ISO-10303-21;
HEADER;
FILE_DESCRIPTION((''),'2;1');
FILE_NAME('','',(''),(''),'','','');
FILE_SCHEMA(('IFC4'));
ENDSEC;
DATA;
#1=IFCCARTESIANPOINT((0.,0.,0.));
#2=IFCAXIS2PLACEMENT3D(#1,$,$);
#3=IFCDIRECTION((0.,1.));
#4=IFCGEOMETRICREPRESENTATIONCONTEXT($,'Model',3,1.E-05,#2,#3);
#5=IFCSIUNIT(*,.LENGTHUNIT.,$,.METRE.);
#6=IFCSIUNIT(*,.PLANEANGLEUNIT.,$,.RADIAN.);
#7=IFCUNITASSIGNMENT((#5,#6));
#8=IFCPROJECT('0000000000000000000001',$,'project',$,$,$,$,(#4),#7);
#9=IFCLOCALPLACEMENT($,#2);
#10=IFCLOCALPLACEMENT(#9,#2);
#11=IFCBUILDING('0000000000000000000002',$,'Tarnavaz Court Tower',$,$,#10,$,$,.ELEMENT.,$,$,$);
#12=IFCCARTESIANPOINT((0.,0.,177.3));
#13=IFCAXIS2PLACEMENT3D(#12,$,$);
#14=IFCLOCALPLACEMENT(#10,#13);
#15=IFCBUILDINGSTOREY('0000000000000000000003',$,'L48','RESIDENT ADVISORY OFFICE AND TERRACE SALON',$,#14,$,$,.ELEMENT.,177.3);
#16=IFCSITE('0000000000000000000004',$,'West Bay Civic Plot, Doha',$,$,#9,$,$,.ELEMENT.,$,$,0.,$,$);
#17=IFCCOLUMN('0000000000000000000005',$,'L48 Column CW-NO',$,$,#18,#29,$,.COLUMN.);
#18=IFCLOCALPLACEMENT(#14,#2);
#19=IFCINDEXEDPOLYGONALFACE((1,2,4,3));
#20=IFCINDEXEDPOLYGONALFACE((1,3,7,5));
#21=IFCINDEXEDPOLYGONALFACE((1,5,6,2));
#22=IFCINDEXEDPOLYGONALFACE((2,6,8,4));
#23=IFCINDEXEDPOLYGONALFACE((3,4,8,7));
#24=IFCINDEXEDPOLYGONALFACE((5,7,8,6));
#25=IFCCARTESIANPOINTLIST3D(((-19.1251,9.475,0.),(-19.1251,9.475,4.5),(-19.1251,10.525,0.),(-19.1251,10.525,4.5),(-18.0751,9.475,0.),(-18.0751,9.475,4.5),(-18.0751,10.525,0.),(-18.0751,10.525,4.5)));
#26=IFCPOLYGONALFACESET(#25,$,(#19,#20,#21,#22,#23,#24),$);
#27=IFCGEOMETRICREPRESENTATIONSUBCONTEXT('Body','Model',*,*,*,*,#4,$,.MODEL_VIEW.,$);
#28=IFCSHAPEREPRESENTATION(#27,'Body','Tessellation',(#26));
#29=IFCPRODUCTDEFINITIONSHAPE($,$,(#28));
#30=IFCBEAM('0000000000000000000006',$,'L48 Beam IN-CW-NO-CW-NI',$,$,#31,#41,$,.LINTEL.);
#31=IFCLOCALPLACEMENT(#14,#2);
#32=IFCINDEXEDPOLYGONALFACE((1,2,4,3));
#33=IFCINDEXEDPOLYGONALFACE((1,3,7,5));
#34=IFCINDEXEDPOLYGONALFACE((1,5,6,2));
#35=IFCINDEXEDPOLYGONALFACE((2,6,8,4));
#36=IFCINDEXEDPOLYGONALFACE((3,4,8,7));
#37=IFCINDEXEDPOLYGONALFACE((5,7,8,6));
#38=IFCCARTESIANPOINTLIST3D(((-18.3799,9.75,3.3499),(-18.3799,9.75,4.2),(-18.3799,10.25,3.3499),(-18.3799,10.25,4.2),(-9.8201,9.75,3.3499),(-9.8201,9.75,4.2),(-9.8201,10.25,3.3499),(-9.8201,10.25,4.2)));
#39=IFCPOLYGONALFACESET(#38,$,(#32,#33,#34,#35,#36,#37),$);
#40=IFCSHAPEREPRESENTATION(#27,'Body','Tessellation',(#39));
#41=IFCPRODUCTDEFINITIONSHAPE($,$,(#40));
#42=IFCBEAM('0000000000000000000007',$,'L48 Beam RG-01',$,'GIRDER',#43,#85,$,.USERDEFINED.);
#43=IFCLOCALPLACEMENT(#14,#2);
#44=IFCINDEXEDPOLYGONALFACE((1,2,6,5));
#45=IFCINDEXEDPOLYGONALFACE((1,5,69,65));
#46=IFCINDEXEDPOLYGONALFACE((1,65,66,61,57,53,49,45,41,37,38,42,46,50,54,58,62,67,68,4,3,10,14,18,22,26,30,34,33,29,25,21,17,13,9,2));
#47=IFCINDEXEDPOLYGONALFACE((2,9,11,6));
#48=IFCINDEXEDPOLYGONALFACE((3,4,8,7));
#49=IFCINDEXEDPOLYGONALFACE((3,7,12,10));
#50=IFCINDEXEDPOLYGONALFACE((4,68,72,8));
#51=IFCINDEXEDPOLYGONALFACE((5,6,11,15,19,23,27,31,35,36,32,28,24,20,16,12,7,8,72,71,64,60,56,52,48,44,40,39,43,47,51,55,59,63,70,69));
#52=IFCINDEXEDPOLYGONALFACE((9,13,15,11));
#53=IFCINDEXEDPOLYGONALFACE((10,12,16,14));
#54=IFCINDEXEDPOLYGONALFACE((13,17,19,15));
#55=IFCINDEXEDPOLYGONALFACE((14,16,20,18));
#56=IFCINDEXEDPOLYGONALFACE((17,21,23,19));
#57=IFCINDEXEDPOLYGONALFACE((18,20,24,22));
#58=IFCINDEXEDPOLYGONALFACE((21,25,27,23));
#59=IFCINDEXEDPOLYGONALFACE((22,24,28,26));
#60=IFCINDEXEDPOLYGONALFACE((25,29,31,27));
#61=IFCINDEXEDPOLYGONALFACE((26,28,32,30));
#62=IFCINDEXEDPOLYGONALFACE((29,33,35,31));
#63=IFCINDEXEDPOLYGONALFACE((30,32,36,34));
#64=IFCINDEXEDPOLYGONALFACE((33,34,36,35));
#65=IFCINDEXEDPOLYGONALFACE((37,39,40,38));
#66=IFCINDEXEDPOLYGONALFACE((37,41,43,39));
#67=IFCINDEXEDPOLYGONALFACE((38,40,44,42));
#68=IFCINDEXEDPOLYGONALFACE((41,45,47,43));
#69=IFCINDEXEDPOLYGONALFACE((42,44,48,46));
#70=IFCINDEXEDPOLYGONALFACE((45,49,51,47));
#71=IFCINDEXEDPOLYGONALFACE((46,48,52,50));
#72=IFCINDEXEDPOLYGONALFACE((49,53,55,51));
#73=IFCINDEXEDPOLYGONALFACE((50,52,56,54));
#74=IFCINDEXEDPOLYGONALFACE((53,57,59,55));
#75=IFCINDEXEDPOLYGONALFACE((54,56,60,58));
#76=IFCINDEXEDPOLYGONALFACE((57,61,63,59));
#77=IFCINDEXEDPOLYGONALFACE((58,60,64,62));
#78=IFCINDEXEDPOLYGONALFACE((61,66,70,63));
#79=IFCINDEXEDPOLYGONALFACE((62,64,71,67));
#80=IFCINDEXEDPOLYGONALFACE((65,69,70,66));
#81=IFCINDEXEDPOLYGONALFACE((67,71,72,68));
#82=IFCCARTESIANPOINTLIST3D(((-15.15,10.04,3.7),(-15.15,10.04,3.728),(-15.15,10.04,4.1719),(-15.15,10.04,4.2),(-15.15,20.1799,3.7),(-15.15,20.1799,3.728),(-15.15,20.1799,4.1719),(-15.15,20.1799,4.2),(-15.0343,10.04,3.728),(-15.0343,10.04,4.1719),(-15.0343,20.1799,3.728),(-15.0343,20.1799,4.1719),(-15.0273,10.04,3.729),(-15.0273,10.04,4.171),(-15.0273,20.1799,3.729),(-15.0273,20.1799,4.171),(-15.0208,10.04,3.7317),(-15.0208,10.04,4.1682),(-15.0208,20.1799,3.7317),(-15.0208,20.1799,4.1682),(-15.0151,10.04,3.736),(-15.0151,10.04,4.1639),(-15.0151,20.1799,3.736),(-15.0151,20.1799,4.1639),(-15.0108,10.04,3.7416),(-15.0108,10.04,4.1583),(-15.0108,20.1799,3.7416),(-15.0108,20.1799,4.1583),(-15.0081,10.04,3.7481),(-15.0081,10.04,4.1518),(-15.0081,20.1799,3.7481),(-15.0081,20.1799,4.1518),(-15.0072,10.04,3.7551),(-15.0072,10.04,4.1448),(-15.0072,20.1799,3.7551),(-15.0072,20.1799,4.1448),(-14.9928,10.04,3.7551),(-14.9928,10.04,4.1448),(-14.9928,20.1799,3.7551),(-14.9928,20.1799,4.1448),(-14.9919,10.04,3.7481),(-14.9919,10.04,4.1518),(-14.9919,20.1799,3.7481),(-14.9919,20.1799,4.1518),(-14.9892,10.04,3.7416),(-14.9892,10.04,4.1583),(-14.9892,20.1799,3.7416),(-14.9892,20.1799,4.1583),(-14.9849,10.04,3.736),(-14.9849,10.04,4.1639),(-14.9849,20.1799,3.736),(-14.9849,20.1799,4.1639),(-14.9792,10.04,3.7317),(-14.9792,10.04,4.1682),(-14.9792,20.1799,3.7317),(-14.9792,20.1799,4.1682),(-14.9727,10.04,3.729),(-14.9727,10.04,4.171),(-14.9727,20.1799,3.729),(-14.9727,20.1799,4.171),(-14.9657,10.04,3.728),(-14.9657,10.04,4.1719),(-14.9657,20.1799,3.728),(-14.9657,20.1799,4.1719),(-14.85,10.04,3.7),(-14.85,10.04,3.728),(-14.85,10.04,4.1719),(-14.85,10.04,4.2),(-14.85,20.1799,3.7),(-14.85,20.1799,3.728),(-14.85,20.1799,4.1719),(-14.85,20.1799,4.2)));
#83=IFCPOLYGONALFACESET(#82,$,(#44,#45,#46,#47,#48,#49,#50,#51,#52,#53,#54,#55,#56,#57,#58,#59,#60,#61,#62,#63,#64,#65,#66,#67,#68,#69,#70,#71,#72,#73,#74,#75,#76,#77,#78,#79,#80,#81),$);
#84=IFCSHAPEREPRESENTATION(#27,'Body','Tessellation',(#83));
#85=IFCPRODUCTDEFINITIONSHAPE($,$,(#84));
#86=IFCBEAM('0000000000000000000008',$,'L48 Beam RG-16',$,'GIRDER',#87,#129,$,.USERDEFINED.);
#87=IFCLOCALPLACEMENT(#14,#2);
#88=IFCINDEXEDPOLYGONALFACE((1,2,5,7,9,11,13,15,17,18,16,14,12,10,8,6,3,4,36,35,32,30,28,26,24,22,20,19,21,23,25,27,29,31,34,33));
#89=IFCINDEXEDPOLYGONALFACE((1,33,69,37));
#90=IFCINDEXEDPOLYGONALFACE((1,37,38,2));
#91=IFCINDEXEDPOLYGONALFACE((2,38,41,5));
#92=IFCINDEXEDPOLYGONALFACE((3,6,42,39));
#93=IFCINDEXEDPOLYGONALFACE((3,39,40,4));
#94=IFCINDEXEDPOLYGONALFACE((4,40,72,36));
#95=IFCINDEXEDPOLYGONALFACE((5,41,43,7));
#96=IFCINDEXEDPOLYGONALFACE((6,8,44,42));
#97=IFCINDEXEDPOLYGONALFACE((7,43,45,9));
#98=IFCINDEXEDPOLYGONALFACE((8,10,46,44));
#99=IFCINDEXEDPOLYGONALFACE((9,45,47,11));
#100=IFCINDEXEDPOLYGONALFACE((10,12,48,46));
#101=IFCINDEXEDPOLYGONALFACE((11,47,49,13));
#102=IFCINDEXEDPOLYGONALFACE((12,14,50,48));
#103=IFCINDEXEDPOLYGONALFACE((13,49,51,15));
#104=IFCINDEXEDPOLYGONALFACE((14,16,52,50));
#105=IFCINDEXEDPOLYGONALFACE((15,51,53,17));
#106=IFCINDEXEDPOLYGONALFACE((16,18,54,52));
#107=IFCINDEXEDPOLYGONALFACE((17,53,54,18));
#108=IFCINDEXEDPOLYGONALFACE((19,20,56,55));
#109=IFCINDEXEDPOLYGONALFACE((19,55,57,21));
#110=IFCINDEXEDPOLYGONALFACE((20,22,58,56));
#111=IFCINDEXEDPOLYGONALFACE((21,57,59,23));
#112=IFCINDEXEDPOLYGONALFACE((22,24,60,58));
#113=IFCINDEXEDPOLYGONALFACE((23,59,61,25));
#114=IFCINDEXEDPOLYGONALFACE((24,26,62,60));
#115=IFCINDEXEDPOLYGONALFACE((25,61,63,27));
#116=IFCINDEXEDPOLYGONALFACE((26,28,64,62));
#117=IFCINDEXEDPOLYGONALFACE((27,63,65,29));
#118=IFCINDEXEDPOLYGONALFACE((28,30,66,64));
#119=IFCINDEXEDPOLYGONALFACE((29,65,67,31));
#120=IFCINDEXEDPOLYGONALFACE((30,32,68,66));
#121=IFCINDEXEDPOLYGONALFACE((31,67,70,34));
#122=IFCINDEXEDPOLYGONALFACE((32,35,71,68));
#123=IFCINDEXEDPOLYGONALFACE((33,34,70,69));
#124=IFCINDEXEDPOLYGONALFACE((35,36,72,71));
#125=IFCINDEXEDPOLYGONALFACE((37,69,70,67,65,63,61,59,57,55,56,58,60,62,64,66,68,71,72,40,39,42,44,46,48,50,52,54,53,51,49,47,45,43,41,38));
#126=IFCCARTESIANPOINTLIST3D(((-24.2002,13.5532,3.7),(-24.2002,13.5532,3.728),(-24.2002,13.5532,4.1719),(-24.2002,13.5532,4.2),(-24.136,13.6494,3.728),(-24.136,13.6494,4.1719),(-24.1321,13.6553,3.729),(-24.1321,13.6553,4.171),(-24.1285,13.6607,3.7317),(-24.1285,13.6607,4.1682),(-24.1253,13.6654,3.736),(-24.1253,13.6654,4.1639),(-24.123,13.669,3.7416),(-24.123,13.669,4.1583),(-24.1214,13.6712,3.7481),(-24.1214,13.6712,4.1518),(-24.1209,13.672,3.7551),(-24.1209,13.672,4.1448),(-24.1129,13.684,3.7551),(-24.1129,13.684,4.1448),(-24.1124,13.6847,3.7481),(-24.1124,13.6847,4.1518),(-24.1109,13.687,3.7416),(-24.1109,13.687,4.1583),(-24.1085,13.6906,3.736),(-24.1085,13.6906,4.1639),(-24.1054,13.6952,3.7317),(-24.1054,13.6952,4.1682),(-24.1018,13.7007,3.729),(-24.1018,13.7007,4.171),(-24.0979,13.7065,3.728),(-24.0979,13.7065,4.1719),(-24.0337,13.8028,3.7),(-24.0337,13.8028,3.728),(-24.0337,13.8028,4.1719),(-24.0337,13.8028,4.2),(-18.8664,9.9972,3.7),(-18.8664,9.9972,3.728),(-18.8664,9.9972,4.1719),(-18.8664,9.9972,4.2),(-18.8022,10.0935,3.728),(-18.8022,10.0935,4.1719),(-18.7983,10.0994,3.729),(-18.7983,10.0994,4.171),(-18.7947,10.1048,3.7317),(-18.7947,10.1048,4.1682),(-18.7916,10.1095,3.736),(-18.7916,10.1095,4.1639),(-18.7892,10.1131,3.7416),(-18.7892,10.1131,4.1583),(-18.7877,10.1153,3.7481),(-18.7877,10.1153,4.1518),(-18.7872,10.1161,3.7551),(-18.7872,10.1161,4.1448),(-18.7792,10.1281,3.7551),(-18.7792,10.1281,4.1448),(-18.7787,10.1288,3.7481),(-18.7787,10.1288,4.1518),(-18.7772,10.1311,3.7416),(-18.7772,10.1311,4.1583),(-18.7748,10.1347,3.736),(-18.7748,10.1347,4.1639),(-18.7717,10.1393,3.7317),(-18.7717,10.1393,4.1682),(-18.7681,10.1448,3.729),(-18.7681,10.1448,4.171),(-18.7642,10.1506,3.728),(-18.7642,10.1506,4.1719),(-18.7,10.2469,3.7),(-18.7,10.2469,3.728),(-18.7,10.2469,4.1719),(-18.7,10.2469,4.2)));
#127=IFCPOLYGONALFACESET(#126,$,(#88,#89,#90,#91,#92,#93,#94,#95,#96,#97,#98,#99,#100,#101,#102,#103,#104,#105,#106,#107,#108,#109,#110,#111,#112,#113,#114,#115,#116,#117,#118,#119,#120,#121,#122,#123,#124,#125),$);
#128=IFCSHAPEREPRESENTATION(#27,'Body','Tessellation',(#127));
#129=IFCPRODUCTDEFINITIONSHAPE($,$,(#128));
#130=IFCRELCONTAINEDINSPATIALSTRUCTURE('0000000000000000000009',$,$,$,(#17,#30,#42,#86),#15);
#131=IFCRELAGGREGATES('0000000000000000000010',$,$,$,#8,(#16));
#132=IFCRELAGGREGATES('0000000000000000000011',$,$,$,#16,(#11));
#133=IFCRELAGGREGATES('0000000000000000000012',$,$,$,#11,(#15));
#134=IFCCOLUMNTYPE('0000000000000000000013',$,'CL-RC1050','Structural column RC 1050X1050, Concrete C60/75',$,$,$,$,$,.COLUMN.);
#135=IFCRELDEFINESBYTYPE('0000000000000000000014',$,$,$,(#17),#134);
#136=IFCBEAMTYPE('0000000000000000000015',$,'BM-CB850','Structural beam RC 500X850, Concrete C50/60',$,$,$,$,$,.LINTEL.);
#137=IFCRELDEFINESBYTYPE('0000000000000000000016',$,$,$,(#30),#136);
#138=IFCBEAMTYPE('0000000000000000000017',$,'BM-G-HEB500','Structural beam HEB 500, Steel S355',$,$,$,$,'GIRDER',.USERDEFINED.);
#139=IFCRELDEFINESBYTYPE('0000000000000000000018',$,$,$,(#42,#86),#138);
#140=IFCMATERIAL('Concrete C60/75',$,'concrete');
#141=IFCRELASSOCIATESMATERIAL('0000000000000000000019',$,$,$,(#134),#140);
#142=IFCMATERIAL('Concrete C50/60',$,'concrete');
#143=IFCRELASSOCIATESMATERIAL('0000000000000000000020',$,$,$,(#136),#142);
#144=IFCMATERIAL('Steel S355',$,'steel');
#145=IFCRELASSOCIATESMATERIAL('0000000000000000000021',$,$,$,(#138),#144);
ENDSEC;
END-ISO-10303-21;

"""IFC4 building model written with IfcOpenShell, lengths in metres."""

from ifc_helpers import new_model, si_unit, direction, frame, origin, origin_2d, place, context, subcontext, project, spatial, rectangle, i_section, extrude, material, material_profile, profile_set, type_object, element, save


model = new_model("IFC4")

# Units and contexts
model_context = context("Model", 3, precision=1e-05, world=origin(), true_north=direction((0.0, 1.0)))
body_context = subcontext(model_context, "Body", "Model", "MODEL_VIEW")
ifc_project = project(units=[si_unit("LENGTHUNIT", "METRE"), si_unit("PLANEANGLEUNIT", "RADIAN")], contexts=[model_context])

# Site, building, storey
site_placement = place(None, origin())
site = spatial("IfcSite", under=ifc_project, at=site_placement, Name="West Bay Civic Plot, Doha", CompositionType="ELEMENT", RefElevation=0.0)
building_placement = place(site_placement, origin())
building = spatial("IfcBuilding", under=site, at=building_placement, Name="Tarnavaz Court Tower", CompositionType="ELEMENT")
storey_placement = place(building_placement, frame((0.0, 0.0, 177.3)))
storey = spatial("IfcBuildingStorey", under=building, at=storey_placement, Name="L48", Description="RESIDENT ADVISORY OFFICE AND TERRACE SALON", CompositionType="ELEMENT", Elevation=177.3)

# Column
ifc_material_1 = material(Name="Concrete C60/75", Category="concrete")
ifc_material_profile_1 = material_profile(ifc_material_1, rectangle(XDim=1.05, YDim=1.05, at=origin_2d()), Name="RC 1050X1050")
ifc_profile_set_1 = profile_set([ifc_material_profile_1], Name="Concrete C60/75")
column_type = type_object("IfcColumnType", Name="CL-RC1050", Description="Structural column RC 1050X1050, Concrete C60/75", PredefinedType="COLUMN", material=ifc_profile_set_1)
column_placement = place(storey_placement, frame((-18.6001, 10.0, 0.0), z_axis=(0.0, 0.0, 1.0), x_axis=(1.0, 0.0, 0.0)))
element("IfcColumn", 1, at=column_placement, inside=storey, type_object=column_type, Name="L48 Column CW-NO", PredefinedType="COLUMN", context=body_context, shape_type="SweptSolid", body=[
    extrude(rectangle(XDim=1.05, YDim=1.05, at=origin_2d()), origin(), (0.0, 0.0, 1.0), 4.5),
])

# Beams
ifc_material_2 = material(Name="Concrete C50/60", Category="concrete")
ifc_material_profile_2 = material_profile(ifc_material_2, rectangle(XDim=0.5, YDim=0.8501, at=origin_2d()), Name="RC 500X850")
ifc_profile_set_2 = profile_set([ifc_material_profile_2], Name="Concrete C50/60")
beam_type_1 = type_object("IfcBeamType", Name="BM-CB850", Description="Structural beam RC 500X850, Concrete C50/60", PredefinedType="LINTEL", material=ifc_profile_set_2)
beam_1_placement = place(storey_placement, frame((-18.3799, 10.0, 3.7749), z_axis=(1.0, 0.0, 0.0), x_axis=(0.0, 1.0, 0.0)))
element("IfcBeam", 2, at=beam_1_placement, inside=storey, type_object=beam_type_1, Name="L48 Beam IN-CW-NO-CW-NI", PredefinedType="LINTEL", context=body_context, shape_type="SweptSolid", body=[
    extrude(rectangle(XDim=0.5, YDim=0.8501, at=origin_2d()), origin(), (0.0, 0.0, 1.0), 8.5598),
])
ifc_material_3 = material(Name="Steel S355", Category="steel")
ifc_material_profile_3 = material_profile(ifc_material_3, i_section(OverallWidth=0.3, OverallDepth=0.5, WebThickness=0.0144, FlangeThickness=0.0281, FilletRadius=0.0271, at=origin_2d()), Name="HEB 500")
ifc_profile_set_3 = profile_set([ifc_material_profile_3], Name="Steel S355")
beam_type_2 = type_object("IfcBeamType", Name="BM-G-HEB500", Description="Structural beam HEB 500, Steel S355", ElementType="GIRDER", PredefinedType="USERDEFINED", material=ifc_profile_set_3)
beam_2_placement = place(storey_placement, frame((-15.0, 10.04, 3.95), z_axis=(0.0, 1.0, 0.0), x_axis=(-1.0, 0.0, 0.0)))
element("IfcBeam", 3, at=beam_2_placement, inside=storey, type_object=beam_type_2, Name="L48 Beam RG-01", ObjectType="GIRDER", PredefinedType="USERDEFINED", context=body_context, shape_type="SweptSolid", body=[
    extrude(i_section(OverallWidth=0.3, OverallDepth=0.5, WebThickness=0.0144, FlangeThickness=0.0281, FilletRadius=0.0271, at=origin_2d()), origin(), (0.0, 0.0, 1.0), 10.1399),
])
beam_3_placement = place(storey_placement, frame((-18.7832, 10.1221, 3.95), z_axis=(-0.832044, 0.554709, 0.0), x_axis=(-0.554709, -0.832044, 0.0)))
element("IfcBeam", 4, at=beam_3_placement, inside=storey, type_object=beam_type_2, Name="L48 Beam RG-16", ObjectType="GIRDER", PredefinedType="USERDEFINED", context=body_context, shape_type="SweptSolid", body=[
    extrude(i_section(OverallWidth=0.3, OverallDepth=0.5, WebThickness=0.0144, FlangeThickness=0.0281, FilletRadius=0.0271, at=origin_2d()), origin(), (0.0, 0.0, 1.0), 6.4104),
])

save(model, "model.ifc")
